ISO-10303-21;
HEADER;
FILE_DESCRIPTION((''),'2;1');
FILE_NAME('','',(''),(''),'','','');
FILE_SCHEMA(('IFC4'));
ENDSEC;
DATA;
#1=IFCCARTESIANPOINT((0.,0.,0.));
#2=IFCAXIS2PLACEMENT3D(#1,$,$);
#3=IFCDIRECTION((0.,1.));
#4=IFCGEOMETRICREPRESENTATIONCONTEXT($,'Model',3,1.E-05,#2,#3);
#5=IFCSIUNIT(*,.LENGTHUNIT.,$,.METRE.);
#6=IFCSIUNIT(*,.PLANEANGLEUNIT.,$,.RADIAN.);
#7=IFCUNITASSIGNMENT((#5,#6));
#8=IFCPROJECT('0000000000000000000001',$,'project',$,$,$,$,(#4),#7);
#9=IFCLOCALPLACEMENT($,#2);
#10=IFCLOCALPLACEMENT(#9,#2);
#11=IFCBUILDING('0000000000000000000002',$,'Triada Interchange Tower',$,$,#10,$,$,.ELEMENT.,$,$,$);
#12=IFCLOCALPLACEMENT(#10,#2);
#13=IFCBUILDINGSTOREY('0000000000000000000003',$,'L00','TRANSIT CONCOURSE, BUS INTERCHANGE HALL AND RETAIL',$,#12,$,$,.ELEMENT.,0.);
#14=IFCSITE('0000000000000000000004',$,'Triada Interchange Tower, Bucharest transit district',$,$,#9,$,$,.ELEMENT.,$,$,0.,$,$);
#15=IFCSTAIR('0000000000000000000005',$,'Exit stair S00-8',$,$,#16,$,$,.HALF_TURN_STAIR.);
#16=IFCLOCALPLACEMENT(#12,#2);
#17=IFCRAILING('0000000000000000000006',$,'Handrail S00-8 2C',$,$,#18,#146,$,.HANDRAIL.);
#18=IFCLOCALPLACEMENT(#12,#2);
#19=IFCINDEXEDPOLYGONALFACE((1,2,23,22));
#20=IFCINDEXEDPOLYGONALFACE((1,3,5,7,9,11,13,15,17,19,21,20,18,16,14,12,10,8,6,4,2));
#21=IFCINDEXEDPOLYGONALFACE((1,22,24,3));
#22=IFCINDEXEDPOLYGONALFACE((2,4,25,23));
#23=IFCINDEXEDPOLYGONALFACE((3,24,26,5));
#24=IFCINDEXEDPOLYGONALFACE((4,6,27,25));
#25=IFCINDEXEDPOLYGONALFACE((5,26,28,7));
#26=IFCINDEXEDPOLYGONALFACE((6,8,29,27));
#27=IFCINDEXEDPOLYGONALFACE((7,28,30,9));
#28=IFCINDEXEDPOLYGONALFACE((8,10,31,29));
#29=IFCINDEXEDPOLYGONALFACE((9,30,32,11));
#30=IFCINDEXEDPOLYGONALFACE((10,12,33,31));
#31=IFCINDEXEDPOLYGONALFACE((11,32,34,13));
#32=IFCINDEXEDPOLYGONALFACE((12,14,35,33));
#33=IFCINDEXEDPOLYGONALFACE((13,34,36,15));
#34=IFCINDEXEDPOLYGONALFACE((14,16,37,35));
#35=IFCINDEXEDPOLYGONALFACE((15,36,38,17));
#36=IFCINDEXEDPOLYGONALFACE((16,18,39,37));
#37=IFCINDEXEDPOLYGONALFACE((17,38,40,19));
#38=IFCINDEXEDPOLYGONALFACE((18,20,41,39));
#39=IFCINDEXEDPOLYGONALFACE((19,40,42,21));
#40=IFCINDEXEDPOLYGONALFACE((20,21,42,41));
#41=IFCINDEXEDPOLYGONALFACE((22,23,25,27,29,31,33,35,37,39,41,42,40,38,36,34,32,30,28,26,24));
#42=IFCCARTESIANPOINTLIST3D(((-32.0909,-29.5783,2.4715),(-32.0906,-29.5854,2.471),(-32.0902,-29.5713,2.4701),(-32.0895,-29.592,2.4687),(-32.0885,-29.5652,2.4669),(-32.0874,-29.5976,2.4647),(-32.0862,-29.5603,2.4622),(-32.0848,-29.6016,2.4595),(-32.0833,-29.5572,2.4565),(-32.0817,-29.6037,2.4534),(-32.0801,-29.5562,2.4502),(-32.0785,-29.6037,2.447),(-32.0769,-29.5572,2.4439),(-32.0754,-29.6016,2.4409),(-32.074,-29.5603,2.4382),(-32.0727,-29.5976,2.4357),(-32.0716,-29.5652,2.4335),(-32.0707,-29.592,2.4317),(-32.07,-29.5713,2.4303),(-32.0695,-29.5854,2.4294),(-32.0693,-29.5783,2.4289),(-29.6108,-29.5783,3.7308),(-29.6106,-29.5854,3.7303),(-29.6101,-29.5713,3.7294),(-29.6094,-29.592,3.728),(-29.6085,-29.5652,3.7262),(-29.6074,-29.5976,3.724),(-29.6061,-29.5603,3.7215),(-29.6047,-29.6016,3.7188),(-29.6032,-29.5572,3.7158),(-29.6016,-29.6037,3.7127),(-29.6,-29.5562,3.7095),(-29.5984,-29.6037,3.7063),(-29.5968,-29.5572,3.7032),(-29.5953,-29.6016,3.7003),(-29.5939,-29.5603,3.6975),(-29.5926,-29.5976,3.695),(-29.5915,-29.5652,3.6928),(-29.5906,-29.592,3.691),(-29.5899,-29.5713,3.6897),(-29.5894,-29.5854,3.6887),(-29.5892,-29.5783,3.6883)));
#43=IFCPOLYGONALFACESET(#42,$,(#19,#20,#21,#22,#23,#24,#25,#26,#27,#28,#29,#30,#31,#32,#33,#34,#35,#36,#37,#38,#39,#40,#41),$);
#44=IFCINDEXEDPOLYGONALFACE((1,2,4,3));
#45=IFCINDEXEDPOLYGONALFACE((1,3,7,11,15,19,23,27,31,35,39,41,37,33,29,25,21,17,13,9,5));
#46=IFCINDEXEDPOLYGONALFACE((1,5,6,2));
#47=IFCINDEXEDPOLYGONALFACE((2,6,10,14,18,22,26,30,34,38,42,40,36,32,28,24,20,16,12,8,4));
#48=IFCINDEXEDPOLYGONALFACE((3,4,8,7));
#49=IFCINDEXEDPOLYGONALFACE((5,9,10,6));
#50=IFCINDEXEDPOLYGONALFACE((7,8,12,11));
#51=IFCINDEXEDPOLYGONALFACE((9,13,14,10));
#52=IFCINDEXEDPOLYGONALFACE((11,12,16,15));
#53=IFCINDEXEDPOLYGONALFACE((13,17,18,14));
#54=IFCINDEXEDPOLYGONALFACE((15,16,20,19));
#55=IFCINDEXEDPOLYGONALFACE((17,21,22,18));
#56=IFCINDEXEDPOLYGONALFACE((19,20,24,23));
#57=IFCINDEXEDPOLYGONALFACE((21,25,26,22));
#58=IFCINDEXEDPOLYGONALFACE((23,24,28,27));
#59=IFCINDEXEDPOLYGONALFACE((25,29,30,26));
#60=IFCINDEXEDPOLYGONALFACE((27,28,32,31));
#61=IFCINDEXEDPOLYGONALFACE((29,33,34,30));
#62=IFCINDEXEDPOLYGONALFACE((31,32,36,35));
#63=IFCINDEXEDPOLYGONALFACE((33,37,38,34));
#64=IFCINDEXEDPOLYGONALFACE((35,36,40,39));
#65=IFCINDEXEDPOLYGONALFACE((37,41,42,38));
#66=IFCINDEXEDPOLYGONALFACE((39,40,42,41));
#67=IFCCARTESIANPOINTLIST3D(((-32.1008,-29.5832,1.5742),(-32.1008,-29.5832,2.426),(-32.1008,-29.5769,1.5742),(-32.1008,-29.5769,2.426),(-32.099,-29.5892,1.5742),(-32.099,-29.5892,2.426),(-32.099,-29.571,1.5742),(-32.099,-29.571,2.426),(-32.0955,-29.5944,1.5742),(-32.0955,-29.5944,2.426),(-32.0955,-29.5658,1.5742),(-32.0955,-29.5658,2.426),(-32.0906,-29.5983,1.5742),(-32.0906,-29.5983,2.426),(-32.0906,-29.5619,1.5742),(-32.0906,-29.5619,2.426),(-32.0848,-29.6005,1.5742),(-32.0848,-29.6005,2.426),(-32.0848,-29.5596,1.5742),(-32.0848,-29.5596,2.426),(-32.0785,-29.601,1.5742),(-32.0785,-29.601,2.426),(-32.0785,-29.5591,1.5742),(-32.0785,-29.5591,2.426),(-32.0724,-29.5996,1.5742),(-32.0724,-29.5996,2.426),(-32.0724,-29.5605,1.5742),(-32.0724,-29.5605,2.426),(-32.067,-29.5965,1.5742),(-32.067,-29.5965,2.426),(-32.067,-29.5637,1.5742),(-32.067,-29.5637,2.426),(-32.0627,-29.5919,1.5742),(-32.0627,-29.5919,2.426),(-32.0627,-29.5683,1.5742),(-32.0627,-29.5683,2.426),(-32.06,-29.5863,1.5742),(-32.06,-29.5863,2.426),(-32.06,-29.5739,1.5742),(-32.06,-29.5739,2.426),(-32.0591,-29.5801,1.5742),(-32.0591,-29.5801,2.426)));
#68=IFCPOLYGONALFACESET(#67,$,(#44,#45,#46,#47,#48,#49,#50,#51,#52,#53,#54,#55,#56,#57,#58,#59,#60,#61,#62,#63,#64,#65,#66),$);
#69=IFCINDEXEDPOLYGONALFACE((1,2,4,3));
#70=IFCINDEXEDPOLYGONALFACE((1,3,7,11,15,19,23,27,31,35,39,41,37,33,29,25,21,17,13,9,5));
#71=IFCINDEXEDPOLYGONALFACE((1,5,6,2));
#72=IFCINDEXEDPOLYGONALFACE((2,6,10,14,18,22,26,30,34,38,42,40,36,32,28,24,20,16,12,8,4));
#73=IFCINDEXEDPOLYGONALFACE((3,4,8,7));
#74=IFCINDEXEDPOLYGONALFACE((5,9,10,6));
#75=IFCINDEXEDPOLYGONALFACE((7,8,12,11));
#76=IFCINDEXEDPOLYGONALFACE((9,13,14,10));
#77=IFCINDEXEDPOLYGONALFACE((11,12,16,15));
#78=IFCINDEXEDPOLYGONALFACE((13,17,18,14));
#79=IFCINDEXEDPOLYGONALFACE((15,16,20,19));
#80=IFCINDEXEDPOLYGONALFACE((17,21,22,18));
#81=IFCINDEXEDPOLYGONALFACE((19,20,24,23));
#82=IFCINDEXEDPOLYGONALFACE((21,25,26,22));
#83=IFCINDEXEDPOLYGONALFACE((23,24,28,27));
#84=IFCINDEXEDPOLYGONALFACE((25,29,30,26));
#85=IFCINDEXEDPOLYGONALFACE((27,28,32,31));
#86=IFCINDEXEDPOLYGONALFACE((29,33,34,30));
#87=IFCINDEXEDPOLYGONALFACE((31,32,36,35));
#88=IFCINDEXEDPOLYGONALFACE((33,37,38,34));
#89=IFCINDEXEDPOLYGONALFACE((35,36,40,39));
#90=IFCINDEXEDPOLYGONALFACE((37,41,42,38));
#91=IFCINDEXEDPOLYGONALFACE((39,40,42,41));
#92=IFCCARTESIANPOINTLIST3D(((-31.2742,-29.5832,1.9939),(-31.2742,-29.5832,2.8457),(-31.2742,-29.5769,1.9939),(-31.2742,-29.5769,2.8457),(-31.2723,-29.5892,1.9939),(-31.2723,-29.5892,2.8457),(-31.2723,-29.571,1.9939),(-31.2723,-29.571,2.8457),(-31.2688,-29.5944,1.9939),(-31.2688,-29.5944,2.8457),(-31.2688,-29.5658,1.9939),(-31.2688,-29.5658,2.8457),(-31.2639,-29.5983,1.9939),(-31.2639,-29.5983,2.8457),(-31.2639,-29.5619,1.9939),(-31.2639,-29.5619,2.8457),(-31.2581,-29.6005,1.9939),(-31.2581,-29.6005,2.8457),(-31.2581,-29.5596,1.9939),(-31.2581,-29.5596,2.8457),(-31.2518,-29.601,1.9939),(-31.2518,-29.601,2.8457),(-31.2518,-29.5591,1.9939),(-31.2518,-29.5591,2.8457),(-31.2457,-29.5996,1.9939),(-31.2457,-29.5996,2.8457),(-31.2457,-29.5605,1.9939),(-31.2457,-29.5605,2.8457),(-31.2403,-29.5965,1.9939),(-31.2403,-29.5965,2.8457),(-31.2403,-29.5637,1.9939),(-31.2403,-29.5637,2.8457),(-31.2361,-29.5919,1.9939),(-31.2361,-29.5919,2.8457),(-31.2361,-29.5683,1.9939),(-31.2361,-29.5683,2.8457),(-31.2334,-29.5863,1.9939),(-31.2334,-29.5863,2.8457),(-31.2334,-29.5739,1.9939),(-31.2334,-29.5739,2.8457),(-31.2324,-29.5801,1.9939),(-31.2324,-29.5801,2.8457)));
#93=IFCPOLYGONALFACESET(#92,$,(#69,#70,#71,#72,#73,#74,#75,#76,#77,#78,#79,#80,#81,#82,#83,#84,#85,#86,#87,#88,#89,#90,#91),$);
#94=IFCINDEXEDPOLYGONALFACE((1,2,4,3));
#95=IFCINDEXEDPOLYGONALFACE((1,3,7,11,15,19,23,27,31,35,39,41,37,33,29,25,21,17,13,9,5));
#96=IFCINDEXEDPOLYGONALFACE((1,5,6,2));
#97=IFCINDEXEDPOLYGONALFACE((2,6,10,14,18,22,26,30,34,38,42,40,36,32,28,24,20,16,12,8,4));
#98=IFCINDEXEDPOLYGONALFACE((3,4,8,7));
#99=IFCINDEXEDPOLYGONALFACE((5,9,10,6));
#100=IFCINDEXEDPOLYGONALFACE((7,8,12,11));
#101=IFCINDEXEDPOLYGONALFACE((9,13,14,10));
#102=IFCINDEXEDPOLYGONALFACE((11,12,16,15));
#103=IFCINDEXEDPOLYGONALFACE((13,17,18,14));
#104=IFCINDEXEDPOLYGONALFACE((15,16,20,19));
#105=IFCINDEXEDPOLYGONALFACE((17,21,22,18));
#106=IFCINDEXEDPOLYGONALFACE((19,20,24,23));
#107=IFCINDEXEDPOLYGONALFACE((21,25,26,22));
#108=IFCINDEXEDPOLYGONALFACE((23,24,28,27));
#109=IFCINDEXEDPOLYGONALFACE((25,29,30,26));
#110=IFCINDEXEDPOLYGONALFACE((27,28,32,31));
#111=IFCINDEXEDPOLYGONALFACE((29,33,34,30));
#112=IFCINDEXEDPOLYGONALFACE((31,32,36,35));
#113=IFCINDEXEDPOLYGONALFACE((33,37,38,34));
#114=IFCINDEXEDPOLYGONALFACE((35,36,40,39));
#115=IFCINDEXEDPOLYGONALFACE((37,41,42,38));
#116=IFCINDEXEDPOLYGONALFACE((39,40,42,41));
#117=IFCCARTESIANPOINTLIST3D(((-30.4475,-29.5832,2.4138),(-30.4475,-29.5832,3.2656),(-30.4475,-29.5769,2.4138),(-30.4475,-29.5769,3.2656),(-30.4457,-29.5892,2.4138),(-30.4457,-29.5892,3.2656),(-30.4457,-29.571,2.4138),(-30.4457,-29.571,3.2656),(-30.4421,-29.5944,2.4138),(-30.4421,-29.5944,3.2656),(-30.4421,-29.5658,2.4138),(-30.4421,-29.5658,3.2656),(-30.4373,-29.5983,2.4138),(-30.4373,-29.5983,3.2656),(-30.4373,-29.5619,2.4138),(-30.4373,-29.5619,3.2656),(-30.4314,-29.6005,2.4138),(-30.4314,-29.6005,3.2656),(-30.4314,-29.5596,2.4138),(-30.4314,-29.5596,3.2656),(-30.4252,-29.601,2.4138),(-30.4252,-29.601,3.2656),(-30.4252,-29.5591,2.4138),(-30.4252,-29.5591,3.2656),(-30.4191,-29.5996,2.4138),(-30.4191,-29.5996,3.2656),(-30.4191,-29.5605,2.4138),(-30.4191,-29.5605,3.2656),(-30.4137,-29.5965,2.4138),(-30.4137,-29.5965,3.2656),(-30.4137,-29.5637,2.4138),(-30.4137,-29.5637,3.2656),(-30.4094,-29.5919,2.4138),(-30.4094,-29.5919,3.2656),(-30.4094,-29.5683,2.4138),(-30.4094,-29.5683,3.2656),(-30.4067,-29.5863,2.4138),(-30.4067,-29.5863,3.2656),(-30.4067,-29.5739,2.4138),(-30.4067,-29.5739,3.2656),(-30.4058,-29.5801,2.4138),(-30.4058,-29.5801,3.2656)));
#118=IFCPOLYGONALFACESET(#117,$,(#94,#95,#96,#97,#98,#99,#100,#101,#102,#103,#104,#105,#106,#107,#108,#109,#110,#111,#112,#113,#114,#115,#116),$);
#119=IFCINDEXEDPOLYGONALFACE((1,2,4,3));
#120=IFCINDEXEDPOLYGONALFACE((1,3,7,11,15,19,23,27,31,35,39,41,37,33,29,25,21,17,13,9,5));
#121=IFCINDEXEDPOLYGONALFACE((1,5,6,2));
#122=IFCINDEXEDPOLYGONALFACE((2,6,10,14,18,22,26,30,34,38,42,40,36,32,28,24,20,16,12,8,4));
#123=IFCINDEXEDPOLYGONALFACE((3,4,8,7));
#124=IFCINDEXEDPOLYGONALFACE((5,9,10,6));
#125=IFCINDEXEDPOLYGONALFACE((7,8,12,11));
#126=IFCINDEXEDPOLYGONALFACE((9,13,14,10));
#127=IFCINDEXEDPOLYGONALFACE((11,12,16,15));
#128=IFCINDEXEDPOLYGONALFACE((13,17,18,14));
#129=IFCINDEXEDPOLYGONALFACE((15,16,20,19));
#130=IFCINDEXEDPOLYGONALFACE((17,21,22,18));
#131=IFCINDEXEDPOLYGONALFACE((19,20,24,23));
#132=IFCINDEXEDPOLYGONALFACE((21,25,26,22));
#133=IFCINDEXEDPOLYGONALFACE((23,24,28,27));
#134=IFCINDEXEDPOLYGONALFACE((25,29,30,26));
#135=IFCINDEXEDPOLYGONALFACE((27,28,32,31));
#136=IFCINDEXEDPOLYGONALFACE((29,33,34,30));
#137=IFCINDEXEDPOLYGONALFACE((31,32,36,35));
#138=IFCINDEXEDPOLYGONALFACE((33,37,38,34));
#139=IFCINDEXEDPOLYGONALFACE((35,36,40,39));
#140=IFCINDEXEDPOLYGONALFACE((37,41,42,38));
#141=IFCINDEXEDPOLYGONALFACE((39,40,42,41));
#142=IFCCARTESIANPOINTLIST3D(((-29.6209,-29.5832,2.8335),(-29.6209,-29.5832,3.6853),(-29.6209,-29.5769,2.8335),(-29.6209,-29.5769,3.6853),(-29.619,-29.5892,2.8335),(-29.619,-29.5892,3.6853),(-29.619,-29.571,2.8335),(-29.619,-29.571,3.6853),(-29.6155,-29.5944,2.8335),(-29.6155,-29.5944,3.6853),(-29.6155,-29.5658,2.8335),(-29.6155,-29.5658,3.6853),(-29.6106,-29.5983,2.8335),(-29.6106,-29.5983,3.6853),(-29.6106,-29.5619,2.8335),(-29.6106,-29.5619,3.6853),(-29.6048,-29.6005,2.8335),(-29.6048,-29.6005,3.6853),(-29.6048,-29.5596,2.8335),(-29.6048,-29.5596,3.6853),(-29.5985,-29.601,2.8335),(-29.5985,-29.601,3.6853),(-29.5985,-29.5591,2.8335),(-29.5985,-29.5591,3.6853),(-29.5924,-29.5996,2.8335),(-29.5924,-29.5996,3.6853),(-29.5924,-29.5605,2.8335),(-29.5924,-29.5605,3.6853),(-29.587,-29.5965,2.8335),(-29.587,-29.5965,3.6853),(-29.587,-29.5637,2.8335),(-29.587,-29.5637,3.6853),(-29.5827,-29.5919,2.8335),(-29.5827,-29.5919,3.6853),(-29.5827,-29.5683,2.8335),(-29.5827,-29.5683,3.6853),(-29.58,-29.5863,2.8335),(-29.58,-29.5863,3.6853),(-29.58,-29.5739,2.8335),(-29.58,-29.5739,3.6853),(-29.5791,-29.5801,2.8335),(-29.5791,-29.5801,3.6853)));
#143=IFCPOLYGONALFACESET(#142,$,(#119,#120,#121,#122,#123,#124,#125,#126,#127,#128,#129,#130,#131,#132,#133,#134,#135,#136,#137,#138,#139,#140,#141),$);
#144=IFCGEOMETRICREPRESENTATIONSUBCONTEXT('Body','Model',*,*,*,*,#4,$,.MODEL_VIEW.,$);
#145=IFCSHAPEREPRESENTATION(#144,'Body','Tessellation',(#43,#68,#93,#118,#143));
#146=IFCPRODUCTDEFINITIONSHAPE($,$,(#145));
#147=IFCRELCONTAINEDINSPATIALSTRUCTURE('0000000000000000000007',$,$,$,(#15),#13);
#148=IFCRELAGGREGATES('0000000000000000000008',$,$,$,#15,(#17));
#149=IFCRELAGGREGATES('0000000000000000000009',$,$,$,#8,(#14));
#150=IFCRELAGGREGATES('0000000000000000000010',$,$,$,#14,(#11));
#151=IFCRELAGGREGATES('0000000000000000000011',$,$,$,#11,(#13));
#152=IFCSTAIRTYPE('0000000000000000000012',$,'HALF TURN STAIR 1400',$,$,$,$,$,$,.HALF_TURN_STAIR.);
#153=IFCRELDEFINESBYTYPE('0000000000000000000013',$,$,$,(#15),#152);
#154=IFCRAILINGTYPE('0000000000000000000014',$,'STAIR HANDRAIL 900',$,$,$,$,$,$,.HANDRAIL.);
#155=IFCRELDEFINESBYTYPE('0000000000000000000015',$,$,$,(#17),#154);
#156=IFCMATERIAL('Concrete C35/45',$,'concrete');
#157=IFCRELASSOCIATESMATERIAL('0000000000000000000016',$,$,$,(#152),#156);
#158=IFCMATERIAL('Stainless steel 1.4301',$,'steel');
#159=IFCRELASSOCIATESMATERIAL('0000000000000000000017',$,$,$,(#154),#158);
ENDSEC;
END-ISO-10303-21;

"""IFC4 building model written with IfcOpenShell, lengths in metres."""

from ifc_helpers import new_model, si_unit, direction, frame, origin, origin_2d, place, context, subcontext, project, spatial, circle, extrude, material, type_object, element, aggregate, save


model = new_model("IFC4")

# Units and contexts
model_context = context("Model", 3, precision=1e-05, world=origin(), true_north=direction((0.0, 1.0)))
body_context = subcontext(model_context, "Body", "Model", "MODEL_VIEW")
ifc_project = project(units=[si_unit("LENGTHUNIT", "METRE"), si_unit("PLANEANGLEUNIT", "RADIAN")], contexts=[model_context])

# Site, building, storey
site_placement = place(None, origin())
site = spatial("IfcSite", under=ifc_project, at=site_placement, Name="Triada Interchange Tower, Bucharest transit district", CompositionType="ELEMENT", RefElevation=0.0)
building_placement = place(site_placement, origin())
building = spatial("IfcBuilding", under=site, at=building_placement, Name="Triada Interchange Tower", CompositionType="ELEMENT")
storey_placement = place(building_placement, origin())
storey = spatial("IfcBuildingStorey", under=building, at=storey_placement, Name="L00", Description="TRANSIT CONCOURSE, BUS INTERCHANGE HALL AND RETAIL", CompositionType="ELEMENT", Elevation=0.0)

# Stair, railing
ifc_material_1 = material(Name="Concrete C35/45", Category="concrete")
stair_type = type_object("IfcStairType", Name="HALF TURN STAIR 1400", PredefinedType="HALF_TURN_STAIR", material=ifc_material_1)
stair_placement = place(storey_placement, origin())
stair = element("IfcStair", 1, at=stair_placement, inside=storey, type_object=stair_type, Name="Exit stair S00-8", PredefinedType="HALF_TURN_STAIR")
ifc_material_2 = material(Name="Stainless steel 1.4301", Category="steel")
railing_type = type_object("IfcRailingType", Name="STAIR HANDRAIL 900", PredefinedType="HANDRAIL", material=ifc_material_2)
railing_1_placement = place(storey_placement, frame((-32.0801, -29.5801, 1.5742)))
railing_1 = element("IfcRailing", 2, at=railing_1_placement, type_object=railing_type, Name="Handrail S00-8 2C", PredefinedType="HANDRAIL", context=body_context, shape_type="SweptSolid", body=[
    extrude(circle(Radius=0.0239, at=origin_2d()), frame((0.0, 0.0, 0.876), z_axis=(0.891636, 0.0, 0.452752), x_axis=(0.0, 1.0, 0.0)), (0.0, 0.0, 1.0), 2.7815),
    extrude(circle(Radius=0.021, at=origin_2d()), origin(), (0.0, 0.0, 1.0), 0.8518),
    extrude(circle(Radius=0.021, at=origin_2d()), frame((0.8267, 0.0, 0.4197)), (0.0, 0.0, 1.0), 0.8518),
    extrude(circle(Radius=0.021, at=origin_2d()), frame((1.6533, 0.0, 0.8396)), (0.0, 0.0, 1.0), 0.8518),
    extrude(circle(Radius=0.021, at=origin_2d()), frame((2.48, 0.0, 1.2593)), (0.0, 0.0, 1.0), 0.8518),
])
aggregate(stair, [railing_1])

save(model, "model.ifc")
